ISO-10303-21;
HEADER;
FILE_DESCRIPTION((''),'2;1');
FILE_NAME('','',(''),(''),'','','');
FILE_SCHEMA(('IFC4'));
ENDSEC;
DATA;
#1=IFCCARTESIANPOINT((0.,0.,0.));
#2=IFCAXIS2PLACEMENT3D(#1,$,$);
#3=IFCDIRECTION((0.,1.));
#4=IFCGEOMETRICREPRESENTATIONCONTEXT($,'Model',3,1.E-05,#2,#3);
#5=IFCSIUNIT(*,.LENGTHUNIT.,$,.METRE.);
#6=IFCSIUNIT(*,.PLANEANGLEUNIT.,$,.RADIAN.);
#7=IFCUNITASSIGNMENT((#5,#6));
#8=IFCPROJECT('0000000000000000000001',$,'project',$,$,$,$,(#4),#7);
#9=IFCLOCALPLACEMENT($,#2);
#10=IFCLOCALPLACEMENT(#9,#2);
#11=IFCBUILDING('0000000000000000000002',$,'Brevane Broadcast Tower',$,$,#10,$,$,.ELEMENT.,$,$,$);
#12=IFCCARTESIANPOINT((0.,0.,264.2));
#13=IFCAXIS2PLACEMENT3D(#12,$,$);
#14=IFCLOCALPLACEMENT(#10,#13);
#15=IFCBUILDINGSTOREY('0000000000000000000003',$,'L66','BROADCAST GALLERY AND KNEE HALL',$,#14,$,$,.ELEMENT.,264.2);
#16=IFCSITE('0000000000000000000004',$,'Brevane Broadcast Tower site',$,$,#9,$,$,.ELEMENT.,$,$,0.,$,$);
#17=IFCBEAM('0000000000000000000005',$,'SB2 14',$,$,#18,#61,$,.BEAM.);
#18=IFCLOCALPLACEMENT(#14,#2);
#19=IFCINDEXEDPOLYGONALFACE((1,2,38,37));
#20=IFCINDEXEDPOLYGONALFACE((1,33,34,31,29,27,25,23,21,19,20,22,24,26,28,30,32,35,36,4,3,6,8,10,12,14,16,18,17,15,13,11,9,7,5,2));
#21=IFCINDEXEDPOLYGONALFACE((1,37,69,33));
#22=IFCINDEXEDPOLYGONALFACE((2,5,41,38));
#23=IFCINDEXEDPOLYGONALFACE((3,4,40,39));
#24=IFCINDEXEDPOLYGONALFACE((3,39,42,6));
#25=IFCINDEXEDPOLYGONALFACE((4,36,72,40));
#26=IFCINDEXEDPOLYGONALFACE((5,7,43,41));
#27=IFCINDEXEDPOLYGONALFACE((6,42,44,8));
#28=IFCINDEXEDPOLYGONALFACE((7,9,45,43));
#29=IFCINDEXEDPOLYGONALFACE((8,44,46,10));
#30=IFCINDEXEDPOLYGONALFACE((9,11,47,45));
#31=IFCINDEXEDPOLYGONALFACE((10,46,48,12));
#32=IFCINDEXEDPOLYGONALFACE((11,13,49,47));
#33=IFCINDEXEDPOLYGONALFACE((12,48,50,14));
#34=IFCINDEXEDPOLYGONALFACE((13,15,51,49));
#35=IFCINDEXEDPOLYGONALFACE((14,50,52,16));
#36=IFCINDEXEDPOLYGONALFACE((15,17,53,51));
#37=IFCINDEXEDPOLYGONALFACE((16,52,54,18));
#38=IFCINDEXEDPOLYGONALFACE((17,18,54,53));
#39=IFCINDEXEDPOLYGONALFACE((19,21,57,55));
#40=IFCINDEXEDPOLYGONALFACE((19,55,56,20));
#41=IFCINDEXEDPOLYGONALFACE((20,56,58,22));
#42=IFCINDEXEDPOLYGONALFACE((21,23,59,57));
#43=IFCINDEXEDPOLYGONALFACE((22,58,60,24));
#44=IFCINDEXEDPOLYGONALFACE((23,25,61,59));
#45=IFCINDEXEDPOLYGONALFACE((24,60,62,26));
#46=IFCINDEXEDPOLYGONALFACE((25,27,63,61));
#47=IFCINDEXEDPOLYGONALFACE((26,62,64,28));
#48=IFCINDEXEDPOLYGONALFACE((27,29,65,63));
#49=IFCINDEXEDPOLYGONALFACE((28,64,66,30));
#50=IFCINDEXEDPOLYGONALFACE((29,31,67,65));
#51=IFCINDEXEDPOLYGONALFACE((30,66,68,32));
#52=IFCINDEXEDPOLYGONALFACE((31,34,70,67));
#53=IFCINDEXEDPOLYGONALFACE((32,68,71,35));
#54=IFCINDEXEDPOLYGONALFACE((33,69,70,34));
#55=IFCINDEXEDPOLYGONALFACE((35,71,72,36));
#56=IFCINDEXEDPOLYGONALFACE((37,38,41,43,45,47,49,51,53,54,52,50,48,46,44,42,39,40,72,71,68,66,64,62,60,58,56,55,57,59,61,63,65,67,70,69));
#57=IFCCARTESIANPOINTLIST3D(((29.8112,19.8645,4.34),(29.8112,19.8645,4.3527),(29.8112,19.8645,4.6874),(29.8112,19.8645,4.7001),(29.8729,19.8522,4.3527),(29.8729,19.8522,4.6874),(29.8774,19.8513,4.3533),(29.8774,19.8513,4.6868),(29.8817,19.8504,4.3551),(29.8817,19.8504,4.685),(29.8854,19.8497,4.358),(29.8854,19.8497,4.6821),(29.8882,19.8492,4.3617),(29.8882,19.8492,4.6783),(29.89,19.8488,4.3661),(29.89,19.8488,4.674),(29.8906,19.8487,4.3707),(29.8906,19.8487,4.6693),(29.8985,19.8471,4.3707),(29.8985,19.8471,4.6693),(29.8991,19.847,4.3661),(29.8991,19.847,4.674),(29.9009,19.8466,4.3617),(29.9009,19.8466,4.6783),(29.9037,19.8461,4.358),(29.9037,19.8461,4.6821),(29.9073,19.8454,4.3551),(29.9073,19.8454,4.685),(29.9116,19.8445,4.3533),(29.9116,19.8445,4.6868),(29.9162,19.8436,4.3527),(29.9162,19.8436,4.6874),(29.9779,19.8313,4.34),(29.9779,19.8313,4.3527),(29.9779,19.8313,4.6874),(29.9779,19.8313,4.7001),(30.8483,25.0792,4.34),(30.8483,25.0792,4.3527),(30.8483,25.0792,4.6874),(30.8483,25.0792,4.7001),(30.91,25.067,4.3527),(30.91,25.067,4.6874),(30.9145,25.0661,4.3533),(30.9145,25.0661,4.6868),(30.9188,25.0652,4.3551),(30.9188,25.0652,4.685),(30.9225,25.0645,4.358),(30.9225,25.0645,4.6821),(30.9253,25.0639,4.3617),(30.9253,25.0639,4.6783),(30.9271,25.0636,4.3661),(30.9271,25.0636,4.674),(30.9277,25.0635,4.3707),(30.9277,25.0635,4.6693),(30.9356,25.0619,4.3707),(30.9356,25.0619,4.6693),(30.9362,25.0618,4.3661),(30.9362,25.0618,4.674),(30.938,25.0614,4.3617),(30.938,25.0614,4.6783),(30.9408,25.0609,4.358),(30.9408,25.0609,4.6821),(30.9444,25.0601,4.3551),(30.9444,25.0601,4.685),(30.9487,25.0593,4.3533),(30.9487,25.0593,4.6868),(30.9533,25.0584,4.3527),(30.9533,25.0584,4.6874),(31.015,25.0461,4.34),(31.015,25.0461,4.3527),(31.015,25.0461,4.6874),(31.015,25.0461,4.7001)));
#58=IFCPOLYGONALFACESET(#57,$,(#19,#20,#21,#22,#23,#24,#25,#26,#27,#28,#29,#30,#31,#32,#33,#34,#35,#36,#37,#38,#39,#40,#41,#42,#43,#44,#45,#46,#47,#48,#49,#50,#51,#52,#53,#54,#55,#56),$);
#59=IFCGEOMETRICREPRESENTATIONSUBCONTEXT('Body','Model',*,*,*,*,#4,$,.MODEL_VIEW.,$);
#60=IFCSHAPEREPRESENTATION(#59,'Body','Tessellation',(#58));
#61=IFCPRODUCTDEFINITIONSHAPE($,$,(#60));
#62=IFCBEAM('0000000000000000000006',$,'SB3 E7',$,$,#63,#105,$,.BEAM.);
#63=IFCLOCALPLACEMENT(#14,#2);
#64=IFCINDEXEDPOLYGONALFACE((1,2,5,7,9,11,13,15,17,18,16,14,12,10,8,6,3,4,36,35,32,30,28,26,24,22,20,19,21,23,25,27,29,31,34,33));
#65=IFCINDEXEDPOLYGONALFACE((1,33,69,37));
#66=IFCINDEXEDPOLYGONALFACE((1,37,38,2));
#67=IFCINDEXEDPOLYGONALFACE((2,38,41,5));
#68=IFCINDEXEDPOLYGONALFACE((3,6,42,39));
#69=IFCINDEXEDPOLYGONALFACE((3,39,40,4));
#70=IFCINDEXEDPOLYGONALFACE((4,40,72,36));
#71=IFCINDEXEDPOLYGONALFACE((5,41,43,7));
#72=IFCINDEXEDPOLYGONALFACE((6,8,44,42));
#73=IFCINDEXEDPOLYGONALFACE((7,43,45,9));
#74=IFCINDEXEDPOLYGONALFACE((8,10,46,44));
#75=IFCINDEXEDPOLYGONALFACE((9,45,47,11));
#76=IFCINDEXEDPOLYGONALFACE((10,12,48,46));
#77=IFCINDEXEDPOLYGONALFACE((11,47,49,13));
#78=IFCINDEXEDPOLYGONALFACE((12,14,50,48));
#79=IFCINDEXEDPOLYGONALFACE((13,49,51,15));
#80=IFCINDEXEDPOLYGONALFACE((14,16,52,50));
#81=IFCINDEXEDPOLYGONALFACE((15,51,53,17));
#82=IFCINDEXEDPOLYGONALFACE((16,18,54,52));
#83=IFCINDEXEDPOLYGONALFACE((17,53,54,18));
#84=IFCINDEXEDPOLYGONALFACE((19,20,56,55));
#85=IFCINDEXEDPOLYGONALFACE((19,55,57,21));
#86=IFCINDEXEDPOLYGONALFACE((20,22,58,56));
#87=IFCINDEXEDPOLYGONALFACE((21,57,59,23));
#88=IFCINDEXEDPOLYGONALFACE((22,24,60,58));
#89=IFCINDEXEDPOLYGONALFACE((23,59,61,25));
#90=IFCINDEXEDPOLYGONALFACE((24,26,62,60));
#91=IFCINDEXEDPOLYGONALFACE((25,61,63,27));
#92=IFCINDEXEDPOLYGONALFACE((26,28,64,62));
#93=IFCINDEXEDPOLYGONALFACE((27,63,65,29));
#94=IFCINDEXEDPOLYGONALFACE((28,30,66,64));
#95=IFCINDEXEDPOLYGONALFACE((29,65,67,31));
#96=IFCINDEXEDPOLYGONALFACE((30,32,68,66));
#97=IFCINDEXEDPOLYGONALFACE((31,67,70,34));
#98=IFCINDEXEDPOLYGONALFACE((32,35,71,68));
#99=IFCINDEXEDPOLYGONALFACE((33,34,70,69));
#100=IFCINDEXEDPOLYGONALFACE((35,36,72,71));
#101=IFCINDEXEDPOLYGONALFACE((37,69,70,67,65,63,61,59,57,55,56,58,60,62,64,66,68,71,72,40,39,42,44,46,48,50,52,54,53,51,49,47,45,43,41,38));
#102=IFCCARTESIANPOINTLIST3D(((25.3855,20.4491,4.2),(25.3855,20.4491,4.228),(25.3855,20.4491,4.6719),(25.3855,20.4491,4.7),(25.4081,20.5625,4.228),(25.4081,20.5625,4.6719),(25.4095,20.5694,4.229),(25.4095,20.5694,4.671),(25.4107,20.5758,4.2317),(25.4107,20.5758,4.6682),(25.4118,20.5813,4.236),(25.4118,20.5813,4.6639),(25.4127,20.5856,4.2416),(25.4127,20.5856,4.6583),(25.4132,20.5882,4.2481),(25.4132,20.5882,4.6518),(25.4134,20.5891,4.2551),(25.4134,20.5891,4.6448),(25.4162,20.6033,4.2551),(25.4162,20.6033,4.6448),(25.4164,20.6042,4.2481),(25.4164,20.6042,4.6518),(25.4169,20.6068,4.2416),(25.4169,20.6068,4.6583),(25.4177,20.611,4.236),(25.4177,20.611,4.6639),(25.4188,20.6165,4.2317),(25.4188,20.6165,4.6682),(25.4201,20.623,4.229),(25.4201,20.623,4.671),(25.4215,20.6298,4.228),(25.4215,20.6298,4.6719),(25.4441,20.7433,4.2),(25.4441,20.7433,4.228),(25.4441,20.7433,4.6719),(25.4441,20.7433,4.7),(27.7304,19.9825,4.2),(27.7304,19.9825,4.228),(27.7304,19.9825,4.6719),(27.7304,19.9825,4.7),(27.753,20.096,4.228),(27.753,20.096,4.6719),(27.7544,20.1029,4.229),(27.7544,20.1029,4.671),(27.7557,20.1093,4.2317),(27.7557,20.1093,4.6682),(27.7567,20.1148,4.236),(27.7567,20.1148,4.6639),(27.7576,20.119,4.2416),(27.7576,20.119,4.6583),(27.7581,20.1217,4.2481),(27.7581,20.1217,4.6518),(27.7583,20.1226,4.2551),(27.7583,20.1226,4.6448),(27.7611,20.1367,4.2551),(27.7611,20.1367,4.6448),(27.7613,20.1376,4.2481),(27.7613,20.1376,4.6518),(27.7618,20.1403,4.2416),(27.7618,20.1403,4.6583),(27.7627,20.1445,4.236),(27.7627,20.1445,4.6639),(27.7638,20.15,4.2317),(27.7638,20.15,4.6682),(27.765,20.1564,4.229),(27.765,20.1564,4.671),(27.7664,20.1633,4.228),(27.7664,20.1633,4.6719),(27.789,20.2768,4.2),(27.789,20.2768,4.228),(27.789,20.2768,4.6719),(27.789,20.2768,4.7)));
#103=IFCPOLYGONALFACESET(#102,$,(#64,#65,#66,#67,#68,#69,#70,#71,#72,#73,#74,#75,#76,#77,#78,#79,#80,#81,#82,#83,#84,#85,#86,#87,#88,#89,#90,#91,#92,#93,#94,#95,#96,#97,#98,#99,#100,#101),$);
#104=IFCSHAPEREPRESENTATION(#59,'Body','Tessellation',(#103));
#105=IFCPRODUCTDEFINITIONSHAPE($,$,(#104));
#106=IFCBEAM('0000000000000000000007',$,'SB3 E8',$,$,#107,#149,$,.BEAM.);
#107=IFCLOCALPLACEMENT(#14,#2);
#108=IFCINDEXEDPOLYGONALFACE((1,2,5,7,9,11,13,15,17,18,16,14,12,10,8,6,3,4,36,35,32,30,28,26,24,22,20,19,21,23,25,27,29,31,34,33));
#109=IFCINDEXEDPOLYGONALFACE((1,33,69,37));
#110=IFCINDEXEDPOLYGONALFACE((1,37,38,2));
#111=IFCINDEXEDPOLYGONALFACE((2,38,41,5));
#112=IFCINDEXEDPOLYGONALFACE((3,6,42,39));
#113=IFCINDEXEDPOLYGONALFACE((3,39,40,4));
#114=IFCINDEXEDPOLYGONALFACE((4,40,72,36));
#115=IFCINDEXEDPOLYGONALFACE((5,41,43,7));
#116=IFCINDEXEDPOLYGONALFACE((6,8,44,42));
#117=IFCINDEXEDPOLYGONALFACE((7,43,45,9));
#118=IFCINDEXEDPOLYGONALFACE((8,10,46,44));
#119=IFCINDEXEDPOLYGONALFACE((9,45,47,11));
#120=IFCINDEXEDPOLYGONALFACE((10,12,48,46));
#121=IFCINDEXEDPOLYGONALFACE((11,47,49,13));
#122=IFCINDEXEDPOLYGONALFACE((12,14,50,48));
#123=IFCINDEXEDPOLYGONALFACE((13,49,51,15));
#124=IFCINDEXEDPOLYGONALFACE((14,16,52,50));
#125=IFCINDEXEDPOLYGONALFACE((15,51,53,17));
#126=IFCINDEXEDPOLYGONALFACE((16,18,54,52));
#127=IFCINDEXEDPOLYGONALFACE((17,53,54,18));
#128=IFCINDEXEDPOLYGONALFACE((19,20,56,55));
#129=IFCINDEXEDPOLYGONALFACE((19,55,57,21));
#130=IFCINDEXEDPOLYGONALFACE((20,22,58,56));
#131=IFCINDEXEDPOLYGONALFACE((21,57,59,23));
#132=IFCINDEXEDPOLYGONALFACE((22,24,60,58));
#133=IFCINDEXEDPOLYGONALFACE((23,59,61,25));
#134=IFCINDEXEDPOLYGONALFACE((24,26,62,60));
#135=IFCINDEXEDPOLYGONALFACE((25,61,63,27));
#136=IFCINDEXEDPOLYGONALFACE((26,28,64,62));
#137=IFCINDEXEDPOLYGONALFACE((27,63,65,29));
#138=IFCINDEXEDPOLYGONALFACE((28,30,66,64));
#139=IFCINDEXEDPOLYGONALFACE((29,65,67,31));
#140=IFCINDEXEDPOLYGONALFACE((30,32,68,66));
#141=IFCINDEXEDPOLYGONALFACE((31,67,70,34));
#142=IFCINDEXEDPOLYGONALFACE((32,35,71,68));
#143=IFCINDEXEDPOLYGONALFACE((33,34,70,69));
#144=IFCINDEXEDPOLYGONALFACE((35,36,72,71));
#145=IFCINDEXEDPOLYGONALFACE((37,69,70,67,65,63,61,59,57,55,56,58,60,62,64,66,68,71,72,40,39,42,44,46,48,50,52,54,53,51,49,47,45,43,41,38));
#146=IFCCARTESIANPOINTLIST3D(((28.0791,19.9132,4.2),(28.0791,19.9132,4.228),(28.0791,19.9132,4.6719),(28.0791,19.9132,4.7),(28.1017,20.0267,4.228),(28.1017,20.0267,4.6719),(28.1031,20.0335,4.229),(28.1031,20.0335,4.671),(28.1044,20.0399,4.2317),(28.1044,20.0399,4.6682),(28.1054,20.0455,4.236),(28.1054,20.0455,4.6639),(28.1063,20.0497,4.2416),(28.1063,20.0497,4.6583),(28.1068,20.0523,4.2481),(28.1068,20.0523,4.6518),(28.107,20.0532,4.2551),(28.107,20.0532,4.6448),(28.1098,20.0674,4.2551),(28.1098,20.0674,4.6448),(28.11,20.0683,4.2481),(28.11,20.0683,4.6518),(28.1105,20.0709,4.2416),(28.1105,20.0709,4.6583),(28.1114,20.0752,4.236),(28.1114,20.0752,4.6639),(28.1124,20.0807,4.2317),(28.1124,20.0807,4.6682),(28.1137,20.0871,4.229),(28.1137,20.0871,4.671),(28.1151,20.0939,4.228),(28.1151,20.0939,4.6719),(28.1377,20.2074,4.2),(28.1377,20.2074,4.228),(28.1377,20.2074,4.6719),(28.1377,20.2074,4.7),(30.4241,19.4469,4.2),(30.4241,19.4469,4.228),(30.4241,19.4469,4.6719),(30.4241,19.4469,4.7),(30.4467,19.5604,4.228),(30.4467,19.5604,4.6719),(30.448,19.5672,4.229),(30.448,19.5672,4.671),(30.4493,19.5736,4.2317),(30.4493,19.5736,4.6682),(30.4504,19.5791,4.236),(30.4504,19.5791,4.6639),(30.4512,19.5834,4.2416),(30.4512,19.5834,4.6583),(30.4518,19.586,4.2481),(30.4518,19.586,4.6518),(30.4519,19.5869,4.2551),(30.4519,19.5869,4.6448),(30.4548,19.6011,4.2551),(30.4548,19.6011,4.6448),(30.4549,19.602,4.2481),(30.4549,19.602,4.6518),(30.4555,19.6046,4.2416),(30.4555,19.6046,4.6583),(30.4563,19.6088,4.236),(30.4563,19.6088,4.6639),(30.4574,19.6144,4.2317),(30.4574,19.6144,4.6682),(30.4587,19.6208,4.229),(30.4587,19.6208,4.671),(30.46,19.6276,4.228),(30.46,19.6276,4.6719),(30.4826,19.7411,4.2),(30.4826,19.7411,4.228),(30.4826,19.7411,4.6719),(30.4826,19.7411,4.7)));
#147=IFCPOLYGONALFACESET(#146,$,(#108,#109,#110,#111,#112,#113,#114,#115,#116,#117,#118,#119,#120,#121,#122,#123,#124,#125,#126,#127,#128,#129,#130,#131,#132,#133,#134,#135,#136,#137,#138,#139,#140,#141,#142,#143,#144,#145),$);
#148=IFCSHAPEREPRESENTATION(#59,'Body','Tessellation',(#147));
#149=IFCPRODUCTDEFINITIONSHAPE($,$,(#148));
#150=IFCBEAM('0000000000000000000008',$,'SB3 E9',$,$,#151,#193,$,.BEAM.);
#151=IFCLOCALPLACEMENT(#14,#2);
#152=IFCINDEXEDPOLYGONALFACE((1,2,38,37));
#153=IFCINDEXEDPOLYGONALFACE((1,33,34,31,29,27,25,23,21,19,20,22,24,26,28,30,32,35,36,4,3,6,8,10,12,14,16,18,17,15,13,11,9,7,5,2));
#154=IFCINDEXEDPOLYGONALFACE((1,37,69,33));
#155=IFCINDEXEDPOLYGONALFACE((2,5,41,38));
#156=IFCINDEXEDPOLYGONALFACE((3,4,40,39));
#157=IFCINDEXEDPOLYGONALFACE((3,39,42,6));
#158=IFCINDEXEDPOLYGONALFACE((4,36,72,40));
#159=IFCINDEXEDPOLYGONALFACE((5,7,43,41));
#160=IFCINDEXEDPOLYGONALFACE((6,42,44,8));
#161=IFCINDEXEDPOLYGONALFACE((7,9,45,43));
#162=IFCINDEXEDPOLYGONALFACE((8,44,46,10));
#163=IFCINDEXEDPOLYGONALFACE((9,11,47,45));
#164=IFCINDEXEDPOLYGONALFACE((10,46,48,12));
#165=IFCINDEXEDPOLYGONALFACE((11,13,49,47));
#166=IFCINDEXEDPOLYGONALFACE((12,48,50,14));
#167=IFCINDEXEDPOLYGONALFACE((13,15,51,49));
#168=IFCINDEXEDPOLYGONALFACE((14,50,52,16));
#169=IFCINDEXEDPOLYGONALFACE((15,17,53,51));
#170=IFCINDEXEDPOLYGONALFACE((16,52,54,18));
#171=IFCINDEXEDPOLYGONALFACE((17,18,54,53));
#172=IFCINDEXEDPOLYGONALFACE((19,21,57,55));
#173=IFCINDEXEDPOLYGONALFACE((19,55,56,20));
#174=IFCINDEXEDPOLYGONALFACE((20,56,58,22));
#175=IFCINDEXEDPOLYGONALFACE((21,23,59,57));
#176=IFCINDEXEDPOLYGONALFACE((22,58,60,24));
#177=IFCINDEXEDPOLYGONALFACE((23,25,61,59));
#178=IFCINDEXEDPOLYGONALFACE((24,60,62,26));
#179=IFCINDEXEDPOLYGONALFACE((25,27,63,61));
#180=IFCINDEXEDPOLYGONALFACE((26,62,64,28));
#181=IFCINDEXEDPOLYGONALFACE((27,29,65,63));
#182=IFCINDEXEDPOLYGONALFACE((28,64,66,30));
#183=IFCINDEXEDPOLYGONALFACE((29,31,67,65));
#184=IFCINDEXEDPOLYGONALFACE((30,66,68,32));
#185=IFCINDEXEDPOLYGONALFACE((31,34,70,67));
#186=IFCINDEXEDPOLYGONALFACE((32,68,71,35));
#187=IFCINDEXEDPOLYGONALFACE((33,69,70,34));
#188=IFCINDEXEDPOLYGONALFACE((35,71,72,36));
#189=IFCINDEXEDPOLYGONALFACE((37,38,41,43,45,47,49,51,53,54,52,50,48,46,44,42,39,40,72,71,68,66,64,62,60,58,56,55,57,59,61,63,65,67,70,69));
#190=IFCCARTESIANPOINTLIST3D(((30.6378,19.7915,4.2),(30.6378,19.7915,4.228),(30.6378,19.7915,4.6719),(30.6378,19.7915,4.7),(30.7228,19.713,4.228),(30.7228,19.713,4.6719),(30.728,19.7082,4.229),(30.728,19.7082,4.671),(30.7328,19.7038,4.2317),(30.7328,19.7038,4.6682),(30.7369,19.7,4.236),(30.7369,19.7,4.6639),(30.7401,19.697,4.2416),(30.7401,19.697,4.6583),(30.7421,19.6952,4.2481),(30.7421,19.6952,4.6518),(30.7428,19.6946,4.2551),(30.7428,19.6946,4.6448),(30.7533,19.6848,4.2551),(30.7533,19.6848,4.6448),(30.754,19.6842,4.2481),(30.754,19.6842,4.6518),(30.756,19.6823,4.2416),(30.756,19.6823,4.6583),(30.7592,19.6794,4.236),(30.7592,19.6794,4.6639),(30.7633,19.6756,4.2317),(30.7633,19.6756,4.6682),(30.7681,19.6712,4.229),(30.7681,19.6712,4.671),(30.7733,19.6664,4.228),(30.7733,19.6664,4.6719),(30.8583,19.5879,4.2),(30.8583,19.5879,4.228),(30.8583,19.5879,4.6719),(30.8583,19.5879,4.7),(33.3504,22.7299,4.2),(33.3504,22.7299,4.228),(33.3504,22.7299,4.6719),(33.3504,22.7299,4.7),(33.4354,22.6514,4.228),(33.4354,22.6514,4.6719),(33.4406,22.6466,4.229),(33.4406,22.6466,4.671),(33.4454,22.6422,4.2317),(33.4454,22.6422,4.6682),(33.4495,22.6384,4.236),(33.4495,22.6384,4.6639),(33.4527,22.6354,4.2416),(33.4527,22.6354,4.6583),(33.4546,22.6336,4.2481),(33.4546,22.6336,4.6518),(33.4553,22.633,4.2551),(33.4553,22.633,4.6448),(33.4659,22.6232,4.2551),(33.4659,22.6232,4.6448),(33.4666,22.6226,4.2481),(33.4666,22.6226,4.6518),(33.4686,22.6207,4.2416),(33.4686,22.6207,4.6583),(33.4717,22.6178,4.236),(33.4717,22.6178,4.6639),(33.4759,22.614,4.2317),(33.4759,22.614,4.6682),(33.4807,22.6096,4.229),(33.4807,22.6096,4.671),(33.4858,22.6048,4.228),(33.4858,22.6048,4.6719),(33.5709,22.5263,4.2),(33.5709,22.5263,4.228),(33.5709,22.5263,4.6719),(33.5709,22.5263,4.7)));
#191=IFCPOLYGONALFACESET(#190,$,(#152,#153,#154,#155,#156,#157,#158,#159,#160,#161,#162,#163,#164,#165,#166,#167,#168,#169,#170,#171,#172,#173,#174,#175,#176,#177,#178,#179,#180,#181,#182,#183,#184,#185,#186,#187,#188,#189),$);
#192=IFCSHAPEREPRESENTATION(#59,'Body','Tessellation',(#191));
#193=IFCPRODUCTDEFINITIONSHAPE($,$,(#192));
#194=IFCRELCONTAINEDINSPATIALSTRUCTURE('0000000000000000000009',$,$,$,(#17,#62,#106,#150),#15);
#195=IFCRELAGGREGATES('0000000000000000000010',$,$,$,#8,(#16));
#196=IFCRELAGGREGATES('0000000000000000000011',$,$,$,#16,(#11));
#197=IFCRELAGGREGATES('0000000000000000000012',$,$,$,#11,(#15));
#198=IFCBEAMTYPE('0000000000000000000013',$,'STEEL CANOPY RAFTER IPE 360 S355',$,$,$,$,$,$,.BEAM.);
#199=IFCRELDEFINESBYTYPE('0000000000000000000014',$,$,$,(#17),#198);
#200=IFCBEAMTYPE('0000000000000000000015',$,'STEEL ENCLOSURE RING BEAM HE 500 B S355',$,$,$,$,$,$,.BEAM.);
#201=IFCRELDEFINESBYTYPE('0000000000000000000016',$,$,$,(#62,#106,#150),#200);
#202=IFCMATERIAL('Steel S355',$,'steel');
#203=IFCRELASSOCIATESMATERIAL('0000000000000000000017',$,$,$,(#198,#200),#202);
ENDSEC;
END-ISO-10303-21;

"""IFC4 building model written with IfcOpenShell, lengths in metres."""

from ifc_helpers import new_model, si_unit, direction, frame, origin, origin_2d, place, context, subcontext, project, spatial, i_section, extrude, material, material_profile, profile_set, type_object, element, save


model = new_model("IFC4")

# Units and contexts
model_context = context("Model", 3, precision=1e-05, world=origin(), true_north=direction((0.0, 1.0)))
body_context = subcontext(model_context, "Body", "Model", "MODEL_VIEW")
ifc_project = project(units=[si_unit("LENGTHUNIT", "METRE"), si_unit("PLANEANGLEUNIT", "RADIAN")], contexts=[model_context])

# Site, building, storey
site_placement = place(None, origin())
site = spatial("IfcSite", under=ifc_project, at=site_placement, Name="Brevane Broadcast Tower site", CompositionType="ELEMENT", RefElevation=0.0)
building_placement = place(site_placement, origin())
building = spatial("IfcBuilding", under=site, at=building_placement, Name="Brevane Broadcast Tower", CompositionType="ELEMENT")
storey_placement = place(building_placement, frame((0.0, 0.0, 264.2)))
storey = spatial("IfcBuildingStorey", under=building, at=storey_placement, Name="L66", Description="BROADCAST GALLERY AND KNEE HALL", CompositionType="ELEMENT", Elevation=264.2)

# Shared definitions
ifc_material_1 = material(Name="Steel S355", Category="steel")

# Beams
ifc_material_profile_1 = material_profile(ifc_material_1, i_section(OverallWidth=0.1699, OverallDepth=0.3601, WebThickness=0.0081, FlangeThickness=0.0127, FilletRadius=0.0181, at=origin_2d()), Name="IPE 360")
ifc_profile_set_1 = profile_set([ifc_material_profile_1], Name="Steel S355")
beam_type_1 = type_object("IfcBeamType", Name="STEEL CANOPY RAFTER IPE 360 S355", PredefinedType="BEAM", material=ifc_profile_set_1)
beam_1_placement = place(storey_placement, frame((29.8945, 19.8479, 4.52), z_axis=(0.195056, 0.980792, 0.0), x_axis=(-0.980792, 0.195056, 0.0)))
element("IfcBeam", 1, at=beam_1_placement, inside=storey, type_object=beam_type_1, Name="SB2 14", PredefinedType="BEAM", context=body_context, shape_type="SweptSolid", body=[
    extrude(i_section(OverallWidth=0.1699, OverallDepth=0.3601, WebThickness=0.0081, FlangeThickness=0.0127, FilletRadius=0.0181, at=origin_2d()), origin(), (0.0, 0.0, 1.0), 5.3169),
])
ifc_material_profile_2 = material_profile(ifc_material_1, i_section(OverallWidth=0.3, OverallDepth=0.5, WebThickness=0.0144, FlangeThickness=0.0281, FilletRadius=0.0271, at=origin_2d()), Name="HE 500 B")
ifc_profile_set_2 = profile_set([ifc_material_profile_2], Name="Steel S355")
beam_type_2 = type_object("IfcBeamType", Name="STEEL ENCLOSURE RING BEAM HE 500 B S355", PredefinedType="BEAM", material=ifc_profile_set_2)
for number, where, z_axis, x_axis, name in (
    (2, (25.4148, 20.5962, 4.45), (0.980777, -0.195134, 0.0), (0.195134, 0.980777, 0.0), "SB3 E7"),
    (3, (28.1084, 20.0603, 4.45), (0.980796, -0.195036, 0.0), (0.195036, 0.980796, 0.0), "SB3 E8"),
):
    element("IfcBeam", number, at=place(storey_placement, frame(where, z_axis=z_axis, x_axis=x_axis)), inside=storey, type_object=beam_type_2, Name=name, PredefinedType="BEAM", context=body_context, shape_type="SweptSolid", body=[
        extrude(i_section(OverallWidth=0.3, OverallDepth=0.5, WebThickness=0.0144, FlangeThickness=0.0281, FilletRadius=0.0271, at=origin_2d()), origin(), (0.0, 0.0, 1.0), 2.3909),
    ])
beam_2_placement = place(storey_placement, frame((30.748, 19.6897, 4.45), z_axis=(0.678308, 0.734778, 0.0), x_axis=(-0.734778, 0.678308, 0.0)))
element("IfcBeam", 4, at=beam_2_placement, inside=storey, type_object=beam_type_2, Name="SB3 E9", PredefinedType="BEAM", context=body_context, shape_type="SweptSolid", body=[
    extrude(i_section(OverallWidth=0.3, OverallDepth=0.5, WebThickness=0.0144, FlangeThickness=0.0281, FilletRadius=0.0271, at=origin_2d()), origin(), (0.0, 0.0, 1.0), 3.999),
])

save(model, "model.ifc")
